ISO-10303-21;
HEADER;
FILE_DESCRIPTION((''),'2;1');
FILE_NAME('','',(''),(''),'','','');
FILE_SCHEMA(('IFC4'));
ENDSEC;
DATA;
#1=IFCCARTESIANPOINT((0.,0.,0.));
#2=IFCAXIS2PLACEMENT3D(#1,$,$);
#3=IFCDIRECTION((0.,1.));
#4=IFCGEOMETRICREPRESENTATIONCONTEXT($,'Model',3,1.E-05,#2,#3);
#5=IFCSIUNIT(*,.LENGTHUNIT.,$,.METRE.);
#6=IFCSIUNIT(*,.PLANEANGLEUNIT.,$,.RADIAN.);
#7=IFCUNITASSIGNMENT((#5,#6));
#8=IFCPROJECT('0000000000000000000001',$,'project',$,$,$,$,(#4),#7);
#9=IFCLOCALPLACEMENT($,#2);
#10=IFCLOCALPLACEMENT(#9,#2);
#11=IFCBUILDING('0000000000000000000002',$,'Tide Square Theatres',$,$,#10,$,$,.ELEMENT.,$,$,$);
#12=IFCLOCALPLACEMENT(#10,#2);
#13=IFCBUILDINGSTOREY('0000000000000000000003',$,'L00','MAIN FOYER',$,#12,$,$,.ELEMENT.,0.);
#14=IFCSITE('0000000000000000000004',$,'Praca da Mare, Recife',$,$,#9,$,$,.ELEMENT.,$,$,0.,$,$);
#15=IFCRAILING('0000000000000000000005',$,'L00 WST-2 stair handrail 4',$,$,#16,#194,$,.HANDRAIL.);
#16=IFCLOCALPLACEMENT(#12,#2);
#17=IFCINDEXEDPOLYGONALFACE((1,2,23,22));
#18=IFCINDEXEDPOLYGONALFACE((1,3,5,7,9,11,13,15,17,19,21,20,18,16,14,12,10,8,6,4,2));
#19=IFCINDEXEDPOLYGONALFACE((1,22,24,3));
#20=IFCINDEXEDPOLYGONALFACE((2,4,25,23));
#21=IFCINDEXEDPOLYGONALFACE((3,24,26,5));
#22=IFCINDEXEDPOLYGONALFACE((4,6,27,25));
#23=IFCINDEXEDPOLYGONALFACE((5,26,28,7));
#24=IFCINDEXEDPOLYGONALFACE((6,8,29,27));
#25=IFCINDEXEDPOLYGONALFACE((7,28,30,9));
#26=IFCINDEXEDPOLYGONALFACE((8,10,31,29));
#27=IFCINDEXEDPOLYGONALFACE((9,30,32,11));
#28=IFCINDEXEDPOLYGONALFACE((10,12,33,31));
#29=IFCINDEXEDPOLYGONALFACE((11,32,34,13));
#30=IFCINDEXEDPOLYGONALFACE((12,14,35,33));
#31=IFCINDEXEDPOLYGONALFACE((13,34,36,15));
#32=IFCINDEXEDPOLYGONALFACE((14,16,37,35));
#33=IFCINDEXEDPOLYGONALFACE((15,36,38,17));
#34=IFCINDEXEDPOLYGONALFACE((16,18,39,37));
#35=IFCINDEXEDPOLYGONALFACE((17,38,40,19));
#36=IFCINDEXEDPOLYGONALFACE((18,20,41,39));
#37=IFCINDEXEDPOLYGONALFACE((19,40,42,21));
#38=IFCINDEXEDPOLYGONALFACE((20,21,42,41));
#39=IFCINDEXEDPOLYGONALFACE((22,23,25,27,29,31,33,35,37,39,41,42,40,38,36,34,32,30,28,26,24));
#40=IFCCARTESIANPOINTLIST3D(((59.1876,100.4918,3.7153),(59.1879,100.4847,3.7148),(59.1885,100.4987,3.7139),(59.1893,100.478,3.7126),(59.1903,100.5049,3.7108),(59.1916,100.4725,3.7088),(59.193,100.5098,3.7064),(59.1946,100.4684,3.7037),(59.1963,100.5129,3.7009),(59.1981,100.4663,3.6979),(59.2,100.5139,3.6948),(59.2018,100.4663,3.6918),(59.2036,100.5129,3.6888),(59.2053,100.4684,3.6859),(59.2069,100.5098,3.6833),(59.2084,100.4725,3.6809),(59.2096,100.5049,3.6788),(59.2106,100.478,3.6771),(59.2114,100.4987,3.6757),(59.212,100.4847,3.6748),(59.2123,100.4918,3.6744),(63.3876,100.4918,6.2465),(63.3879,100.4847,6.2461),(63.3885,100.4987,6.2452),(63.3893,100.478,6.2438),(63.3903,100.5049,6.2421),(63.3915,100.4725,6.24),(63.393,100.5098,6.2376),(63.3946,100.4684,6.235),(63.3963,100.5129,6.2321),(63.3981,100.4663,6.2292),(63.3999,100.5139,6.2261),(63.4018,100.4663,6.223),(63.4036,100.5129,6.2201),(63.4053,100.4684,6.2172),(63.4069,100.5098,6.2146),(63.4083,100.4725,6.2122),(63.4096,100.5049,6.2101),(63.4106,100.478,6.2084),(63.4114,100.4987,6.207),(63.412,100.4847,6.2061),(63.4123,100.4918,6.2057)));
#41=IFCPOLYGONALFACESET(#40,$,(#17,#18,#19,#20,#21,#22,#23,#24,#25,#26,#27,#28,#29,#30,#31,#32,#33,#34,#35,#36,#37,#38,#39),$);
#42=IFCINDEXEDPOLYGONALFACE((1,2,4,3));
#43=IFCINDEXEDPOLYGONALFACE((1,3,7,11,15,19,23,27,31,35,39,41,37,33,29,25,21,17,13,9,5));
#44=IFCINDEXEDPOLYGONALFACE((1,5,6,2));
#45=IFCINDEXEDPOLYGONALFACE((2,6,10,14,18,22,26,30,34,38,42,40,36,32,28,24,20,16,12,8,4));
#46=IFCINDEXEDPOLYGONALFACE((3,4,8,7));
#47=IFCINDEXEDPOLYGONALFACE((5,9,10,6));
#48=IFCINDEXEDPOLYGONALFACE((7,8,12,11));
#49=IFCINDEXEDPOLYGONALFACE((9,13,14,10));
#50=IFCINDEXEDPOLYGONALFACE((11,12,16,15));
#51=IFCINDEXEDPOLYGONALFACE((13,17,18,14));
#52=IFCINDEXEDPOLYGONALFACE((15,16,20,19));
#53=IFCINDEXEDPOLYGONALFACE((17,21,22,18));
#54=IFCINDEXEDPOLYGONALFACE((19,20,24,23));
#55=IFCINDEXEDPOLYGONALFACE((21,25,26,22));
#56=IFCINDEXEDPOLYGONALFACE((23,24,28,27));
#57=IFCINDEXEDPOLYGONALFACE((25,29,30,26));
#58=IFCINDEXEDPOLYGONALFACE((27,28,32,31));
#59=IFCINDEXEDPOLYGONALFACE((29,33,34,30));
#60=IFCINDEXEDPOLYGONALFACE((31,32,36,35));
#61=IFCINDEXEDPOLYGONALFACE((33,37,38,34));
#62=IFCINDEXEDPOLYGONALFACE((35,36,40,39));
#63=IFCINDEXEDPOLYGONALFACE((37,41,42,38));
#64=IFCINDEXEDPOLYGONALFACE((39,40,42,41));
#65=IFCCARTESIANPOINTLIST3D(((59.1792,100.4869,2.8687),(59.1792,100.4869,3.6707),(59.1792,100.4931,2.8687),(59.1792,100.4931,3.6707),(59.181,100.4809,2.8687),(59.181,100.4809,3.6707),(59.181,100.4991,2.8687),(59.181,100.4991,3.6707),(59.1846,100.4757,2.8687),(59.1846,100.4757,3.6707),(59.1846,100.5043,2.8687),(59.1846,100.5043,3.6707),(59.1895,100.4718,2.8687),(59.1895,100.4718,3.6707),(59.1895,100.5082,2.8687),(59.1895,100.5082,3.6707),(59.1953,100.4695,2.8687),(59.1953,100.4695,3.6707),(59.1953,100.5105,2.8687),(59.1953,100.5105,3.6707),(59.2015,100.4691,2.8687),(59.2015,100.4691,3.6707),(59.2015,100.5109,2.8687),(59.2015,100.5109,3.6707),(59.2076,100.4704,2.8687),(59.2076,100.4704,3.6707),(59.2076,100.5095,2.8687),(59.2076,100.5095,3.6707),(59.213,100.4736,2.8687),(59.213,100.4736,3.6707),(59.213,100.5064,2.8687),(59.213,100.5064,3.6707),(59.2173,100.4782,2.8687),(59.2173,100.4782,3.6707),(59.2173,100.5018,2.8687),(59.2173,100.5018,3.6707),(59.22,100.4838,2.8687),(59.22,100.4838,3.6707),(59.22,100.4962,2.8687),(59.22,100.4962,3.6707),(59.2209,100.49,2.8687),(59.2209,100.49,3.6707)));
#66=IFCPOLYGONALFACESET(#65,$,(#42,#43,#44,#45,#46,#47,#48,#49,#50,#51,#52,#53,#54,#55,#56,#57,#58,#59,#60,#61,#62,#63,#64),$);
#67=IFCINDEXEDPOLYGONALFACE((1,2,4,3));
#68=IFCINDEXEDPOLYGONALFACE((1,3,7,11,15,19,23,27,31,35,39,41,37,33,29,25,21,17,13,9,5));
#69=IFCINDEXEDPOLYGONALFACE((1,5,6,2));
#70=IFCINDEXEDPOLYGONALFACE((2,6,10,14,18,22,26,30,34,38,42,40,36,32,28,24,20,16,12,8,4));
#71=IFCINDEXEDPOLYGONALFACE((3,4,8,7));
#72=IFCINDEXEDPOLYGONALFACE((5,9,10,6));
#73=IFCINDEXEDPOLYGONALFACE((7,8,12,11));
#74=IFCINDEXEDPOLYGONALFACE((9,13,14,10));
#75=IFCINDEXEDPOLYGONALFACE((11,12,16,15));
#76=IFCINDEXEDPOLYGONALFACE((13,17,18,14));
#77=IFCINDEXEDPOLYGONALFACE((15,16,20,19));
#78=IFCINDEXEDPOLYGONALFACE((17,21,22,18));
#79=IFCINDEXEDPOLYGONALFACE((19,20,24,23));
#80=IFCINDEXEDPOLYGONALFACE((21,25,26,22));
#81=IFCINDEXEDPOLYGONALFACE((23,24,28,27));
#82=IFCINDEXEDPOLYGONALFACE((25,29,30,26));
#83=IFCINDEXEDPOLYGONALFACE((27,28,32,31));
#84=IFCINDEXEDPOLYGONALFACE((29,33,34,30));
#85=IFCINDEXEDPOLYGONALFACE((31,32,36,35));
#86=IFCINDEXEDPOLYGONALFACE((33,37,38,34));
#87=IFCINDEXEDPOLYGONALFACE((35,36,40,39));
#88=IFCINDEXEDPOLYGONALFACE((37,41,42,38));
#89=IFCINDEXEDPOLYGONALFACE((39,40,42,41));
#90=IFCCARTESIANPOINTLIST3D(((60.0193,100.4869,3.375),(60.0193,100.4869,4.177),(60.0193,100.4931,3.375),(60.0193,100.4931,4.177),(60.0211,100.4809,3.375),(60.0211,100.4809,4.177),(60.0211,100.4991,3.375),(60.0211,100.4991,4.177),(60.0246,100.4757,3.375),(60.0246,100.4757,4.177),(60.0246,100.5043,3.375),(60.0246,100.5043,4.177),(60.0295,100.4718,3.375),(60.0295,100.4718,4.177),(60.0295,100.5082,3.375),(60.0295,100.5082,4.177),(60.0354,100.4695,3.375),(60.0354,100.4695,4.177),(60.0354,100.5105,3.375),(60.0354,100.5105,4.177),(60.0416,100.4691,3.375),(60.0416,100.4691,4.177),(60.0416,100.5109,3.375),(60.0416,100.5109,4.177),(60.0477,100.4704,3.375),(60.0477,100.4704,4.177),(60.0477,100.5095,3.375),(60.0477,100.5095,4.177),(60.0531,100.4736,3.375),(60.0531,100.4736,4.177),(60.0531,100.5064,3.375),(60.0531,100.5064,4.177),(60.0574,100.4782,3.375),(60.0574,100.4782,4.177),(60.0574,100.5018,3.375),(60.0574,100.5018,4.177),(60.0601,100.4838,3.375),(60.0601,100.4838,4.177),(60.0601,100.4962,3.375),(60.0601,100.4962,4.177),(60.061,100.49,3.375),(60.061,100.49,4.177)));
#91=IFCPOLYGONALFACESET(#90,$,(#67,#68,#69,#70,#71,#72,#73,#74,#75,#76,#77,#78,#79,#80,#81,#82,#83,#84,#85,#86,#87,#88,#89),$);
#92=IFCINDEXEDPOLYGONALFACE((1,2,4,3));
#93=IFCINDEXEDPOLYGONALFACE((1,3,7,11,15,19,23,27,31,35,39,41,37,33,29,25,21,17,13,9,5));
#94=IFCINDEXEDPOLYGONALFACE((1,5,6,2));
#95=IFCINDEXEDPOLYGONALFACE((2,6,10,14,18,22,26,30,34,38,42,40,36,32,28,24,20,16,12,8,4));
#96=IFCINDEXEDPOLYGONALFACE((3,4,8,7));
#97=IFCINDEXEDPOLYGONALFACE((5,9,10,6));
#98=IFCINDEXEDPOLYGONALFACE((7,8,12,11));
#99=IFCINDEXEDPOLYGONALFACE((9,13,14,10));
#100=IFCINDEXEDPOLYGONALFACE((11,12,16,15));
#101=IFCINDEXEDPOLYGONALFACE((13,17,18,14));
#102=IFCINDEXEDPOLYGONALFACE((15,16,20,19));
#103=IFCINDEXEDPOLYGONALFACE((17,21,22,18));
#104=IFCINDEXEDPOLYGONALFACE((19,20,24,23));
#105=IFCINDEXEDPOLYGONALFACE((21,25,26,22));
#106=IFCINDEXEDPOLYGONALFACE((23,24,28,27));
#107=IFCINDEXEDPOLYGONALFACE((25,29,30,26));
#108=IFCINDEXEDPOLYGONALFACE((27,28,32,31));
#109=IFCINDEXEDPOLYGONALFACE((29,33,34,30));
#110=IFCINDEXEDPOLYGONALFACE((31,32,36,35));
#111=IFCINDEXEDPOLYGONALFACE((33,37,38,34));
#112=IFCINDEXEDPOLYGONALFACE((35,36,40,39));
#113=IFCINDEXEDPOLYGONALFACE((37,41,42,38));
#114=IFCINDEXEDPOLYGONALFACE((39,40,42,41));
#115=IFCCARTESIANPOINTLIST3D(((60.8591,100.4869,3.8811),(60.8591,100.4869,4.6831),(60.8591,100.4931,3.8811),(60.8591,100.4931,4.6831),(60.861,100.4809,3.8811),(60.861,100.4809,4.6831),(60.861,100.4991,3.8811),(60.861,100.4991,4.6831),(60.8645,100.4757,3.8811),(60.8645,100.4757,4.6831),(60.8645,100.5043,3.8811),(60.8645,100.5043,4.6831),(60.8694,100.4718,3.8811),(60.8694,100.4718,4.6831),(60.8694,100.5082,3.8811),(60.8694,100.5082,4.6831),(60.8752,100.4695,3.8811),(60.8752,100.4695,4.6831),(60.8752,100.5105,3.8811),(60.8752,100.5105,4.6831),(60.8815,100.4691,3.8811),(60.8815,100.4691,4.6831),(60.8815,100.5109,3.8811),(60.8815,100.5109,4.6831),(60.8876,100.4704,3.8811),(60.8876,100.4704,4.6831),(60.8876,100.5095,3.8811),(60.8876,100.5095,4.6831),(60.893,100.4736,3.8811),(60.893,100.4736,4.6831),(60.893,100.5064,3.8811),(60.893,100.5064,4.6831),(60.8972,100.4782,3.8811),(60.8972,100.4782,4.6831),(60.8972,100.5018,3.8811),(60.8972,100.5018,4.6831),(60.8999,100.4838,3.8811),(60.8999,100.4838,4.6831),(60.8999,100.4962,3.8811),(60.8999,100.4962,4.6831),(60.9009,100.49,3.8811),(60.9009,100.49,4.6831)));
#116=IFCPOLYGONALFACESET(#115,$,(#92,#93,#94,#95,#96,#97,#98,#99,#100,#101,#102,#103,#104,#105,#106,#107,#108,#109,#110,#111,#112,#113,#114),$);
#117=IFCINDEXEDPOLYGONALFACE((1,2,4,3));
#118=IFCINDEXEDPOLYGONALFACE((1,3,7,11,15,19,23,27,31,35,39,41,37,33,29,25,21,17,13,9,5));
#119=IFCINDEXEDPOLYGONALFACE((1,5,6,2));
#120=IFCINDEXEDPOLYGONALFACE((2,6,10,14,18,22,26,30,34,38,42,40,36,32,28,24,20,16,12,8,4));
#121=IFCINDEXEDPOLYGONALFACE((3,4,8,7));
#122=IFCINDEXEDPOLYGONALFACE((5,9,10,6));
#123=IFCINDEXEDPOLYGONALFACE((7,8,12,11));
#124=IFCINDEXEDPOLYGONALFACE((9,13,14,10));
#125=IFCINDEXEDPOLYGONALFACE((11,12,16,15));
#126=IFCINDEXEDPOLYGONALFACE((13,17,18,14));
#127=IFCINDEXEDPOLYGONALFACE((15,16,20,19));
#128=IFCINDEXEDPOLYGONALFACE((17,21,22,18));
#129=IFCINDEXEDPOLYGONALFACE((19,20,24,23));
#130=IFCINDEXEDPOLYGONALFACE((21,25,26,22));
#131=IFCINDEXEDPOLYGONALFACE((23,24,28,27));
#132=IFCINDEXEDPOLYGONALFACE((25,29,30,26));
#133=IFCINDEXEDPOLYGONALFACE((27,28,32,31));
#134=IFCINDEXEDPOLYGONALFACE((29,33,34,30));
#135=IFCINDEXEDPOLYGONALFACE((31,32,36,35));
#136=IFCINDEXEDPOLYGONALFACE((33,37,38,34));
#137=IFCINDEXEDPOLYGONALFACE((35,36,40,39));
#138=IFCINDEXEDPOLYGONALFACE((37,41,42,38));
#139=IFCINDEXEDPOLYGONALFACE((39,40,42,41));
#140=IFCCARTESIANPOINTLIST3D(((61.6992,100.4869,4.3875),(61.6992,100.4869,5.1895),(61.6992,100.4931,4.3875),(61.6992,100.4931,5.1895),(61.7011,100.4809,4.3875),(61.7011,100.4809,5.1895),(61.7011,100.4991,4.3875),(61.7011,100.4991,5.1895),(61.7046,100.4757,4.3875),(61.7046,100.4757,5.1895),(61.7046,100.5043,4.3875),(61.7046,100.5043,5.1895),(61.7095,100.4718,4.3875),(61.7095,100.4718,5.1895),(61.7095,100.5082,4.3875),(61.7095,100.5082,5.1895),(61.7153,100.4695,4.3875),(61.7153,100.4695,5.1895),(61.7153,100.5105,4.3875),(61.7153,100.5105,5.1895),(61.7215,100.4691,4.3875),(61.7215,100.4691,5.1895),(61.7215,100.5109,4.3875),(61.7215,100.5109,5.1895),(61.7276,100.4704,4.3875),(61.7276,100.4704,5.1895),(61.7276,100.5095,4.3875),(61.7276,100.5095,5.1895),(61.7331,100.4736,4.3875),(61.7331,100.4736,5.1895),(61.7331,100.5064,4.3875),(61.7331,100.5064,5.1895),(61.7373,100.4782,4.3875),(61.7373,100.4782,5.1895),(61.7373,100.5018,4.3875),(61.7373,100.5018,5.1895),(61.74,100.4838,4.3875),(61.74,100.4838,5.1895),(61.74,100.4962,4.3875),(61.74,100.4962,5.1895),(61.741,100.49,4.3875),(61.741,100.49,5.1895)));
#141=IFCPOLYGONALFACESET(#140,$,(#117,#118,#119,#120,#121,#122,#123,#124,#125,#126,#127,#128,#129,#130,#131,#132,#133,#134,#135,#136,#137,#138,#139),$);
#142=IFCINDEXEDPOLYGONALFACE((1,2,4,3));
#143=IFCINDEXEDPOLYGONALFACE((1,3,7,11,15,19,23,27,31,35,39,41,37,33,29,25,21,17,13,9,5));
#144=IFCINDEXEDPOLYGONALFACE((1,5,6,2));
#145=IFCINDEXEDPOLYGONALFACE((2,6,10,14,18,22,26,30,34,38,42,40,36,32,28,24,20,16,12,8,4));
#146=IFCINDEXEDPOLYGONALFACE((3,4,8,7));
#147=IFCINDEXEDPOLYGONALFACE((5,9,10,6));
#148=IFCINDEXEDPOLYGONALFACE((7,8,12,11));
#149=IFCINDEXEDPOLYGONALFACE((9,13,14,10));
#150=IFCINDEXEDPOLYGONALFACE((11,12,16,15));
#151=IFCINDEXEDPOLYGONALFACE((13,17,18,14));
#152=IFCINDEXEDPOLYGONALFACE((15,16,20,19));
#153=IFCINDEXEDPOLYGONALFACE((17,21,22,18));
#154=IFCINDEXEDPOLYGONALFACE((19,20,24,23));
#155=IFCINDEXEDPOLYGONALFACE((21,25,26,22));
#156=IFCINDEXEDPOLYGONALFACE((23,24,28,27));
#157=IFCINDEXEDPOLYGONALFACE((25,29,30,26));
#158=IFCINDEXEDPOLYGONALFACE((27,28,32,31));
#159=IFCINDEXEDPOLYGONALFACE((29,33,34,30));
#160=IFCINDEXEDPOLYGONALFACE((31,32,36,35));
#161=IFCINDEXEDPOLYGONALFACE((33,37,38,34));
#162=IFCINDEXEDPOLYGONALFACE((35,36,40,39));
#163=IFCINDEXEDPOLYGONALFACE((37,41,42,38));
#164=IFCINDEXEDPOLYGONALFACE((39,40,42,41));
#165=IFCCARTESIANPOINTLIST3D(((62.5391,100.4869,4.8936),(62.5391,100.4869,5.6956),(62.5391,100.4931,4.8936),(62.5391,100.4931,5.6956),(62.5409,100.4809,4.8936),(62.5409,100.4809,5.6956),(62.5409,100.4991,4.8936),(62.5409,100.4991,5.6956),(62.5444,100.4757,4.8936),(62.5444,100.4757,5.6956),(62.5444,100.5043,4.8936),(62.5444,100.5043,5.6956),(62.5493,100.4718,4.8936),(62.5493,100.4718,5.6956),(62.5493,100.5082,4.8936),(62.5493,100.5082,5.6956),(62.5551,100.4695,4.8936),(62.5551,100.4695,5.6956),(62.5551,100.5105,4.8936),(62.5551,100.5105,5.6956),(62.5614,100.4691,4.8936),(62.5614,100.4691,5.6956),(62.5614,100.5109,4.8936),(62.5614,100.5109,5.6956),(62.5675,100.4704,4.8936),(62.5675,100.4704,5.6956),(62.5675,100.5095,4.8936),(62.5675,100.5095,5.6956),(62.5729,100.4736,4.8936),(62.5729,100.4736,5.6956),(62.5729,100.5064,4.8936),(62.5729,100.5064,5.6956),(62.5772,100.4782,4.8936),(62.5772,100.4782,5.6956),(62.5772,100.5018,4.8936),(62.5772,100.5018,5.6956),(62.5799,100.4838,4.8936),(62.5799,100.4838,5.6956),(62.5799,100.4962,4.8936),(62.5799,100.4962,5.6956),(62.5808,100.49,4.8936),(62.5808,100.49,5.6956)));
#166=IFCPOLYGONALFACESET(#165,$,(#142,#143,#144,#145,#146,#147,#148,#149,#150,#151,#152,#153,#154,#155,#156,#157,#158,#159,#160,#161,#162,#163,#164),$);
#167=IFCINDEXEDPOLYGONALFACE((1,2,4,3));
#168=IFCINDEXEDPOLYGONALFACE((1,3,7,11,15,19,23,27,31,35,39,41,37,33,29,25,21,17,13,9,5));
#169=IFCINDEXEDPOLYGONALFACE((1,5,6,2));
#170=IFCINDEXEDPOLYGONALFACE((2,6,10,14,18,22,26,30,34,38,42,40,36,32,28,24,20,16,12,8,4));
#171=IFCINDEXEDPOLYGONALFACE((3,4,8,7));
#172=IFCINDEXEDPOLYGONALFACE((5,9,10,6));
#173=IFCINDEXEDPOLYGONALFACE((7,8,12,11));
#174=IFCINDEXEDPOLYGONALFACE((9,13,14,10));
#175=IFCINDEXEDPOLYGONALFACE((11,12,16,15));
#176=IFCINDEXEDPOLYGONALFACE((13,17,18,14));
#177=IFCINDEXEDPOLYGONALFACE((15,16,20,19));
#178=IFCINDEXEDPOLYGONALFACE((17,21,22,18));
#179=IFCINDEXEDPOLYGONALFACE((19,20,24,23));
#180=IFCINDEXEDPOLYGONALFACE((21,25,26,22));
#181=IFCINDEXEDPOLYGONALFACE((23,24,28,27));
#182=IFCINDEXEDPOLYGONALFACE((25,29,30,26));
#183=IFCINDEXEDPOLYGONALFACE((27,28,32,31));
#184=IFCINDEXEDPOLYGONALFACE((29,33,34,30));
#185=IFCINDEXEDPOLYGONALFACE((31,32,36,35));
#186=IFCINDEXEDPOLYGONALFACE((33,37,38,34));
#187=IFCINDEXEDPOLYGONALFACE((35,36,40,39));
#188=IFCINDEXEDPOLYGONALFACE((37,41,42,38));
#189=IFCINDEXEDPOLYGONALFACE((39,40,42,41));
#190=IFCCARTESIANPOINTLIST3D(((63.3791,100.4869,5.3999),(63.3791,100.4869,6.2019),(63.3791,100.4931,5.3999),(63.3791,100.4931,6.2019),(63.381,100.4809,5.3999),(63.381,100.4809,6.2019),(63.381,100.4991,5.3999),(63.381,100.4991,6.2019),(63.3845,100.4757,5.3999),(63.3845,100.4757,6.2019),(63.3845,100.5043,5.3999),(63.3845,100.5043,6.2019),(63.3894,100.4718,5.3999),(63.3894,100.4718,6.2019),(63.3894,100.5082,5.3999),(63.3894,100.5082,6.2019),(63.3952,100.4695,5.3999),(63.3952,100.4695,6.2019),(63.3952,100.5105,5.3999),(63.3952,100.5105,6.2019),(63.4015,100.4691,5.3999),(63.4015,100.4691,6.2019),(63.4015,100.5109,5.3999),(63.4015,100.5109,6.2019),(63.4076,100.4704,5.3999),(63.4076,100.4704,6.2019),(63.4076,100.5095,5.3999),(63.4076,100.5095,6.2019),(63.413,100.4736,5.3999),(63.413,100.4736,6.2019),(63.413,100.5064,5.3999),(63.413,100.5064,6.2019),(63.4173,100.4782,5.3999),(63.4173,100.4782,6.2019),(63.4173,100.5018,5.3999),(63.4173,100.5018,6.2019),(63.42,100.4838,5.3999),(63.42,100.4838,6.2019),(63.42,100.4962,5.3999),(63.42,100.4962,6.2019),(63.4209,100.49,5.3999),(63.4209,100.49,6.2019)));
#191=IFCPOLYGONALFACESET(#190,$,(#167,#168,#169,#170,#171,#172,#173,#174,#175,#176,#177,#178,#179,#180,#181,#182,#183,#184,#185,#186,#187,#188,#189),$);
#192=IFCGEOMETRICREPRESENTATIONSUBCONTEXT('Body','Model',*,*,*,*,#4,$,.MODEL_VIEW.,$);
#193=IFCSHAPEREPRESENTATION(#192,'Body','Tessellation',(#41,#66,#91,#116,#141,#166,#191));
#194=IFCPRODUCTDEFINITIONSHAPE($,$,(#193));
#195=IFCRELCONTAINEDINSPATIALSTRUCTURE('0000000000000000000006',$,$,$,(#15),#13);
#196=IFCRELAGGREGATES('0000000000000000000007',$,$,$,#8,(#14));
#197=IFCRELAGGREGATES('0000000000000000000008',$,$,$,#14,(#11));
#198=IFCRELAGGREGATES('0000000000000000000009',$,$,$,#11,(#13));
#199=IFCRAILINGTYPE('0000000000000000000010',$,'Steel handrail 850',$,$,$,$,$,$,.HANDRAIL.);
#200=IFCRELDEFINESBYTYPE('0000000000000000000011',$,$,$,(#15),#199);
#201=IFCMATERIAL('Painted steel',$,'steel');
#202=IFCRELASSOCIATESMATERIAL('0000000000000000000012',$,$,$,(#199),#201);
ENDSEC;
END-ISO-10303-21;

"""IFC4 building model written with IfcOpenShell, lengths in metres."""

from ifc_helpers import new_model, si_unit, direction, frame, origin, origin_2d, place, context, subcontext, project, spatial, circle, extrude, material, type_object, element, save


model = new_model("IFC4")

# Units and contexts
model_context = context("Model", 3, precision=1e-05, world=origin(), true_north=direction((0.0, 1.0)))
body_context = subcontext(model_context, "Body", "Model", "MODEL_VIEW")
ifc_project = project(units=[si_unit("LENGTHUNIT", "METRE"), si_unit("PLANEANGLEUNIT", "RADIAN")], contexts=[model_context])

# Site, building, storey
site_placement = place(None, origin())
site = spatial("IfcSite", under=ifc_project, at=site_placement, Name="Praca da Mare, Recife", CompositionType="ELEMENT", RefElevation=0.0)
building_placement = place(site_placement, origin())
building = spatial("IfcBuilding", under=site, at=building_placement, Name="Tide Square Theatres", CompositionType="ELEMENT")
storey_placement = place(building_placement, origin())
storey = spatial("IfcBuildingStorey", under=building, at=storey_placement, Name="L00", Description="MAIN FOYER", CompositionType="ELEMENT", Elevation=0.0)

# Railing
ifc_material_1 = material(Name="Painted steel", Category="steel")
railing_type_1 = type_object("IfcRailingType", Name="Steel handrail 850", PredefinedType="HANDRAIL", material=ifc_material_1)
for number, where, name in (
    (1, (59.2, 100.49, 2.8687), "L00 WST-2 stair handrail 4"),
):
    element("IfcRailing", number, at=place(storey_placement, frame(where)), inside=storey, type_object=railing_type_1, Name=name, PredefinedType="HANDRAIL", context=body_context, shape_type="SweptSolid", body=[
        extrude(circle(Radius=0.0239, at=origin_2d()), frame((0.0, 0.0, 0.8262), z_axis=(0.856476, 0.0, 0.516186), x_axis=(0.0, 1.0, 0.0)), (0.0, 0.0, 1.0), 4.9038),
        extrude(circle(Radius=0.021, at=origin_2d()), origin(), (0.0, 0.0, 1.0), 0.802),
        extrude(circle(Radius=0.021, at=origin_2d()), frame((0.8401, 0.0, 0.5063)), (0.0, 0.0, 1.0), 0.802),
        extrude(circle(Radius=0.021, at=origin_2d()), frame((1.6799, 0.0, 1.0125)), (0.0, 0.0, 1.0), 0.802),
        extrude(circle(Radius=0.021, at=origin_2d()), frame((2.52, 0.0, 1.5188)), (0.0, 0.0, 1.0), 0.802),
        extrude(circle(Radius=0.021, at=origin_2d()), frame((3.3599, 0.0, 2.0249)), (0.0, 0.0, 1.0), 0.802),
        extrude(circle(Radius=0.021, at=origin_2d()), frame((4.2, 0.0, 2.5312)), (0.0, 0.0, 1.0), 0.802),
    ])

save(model, "model.ifc")
